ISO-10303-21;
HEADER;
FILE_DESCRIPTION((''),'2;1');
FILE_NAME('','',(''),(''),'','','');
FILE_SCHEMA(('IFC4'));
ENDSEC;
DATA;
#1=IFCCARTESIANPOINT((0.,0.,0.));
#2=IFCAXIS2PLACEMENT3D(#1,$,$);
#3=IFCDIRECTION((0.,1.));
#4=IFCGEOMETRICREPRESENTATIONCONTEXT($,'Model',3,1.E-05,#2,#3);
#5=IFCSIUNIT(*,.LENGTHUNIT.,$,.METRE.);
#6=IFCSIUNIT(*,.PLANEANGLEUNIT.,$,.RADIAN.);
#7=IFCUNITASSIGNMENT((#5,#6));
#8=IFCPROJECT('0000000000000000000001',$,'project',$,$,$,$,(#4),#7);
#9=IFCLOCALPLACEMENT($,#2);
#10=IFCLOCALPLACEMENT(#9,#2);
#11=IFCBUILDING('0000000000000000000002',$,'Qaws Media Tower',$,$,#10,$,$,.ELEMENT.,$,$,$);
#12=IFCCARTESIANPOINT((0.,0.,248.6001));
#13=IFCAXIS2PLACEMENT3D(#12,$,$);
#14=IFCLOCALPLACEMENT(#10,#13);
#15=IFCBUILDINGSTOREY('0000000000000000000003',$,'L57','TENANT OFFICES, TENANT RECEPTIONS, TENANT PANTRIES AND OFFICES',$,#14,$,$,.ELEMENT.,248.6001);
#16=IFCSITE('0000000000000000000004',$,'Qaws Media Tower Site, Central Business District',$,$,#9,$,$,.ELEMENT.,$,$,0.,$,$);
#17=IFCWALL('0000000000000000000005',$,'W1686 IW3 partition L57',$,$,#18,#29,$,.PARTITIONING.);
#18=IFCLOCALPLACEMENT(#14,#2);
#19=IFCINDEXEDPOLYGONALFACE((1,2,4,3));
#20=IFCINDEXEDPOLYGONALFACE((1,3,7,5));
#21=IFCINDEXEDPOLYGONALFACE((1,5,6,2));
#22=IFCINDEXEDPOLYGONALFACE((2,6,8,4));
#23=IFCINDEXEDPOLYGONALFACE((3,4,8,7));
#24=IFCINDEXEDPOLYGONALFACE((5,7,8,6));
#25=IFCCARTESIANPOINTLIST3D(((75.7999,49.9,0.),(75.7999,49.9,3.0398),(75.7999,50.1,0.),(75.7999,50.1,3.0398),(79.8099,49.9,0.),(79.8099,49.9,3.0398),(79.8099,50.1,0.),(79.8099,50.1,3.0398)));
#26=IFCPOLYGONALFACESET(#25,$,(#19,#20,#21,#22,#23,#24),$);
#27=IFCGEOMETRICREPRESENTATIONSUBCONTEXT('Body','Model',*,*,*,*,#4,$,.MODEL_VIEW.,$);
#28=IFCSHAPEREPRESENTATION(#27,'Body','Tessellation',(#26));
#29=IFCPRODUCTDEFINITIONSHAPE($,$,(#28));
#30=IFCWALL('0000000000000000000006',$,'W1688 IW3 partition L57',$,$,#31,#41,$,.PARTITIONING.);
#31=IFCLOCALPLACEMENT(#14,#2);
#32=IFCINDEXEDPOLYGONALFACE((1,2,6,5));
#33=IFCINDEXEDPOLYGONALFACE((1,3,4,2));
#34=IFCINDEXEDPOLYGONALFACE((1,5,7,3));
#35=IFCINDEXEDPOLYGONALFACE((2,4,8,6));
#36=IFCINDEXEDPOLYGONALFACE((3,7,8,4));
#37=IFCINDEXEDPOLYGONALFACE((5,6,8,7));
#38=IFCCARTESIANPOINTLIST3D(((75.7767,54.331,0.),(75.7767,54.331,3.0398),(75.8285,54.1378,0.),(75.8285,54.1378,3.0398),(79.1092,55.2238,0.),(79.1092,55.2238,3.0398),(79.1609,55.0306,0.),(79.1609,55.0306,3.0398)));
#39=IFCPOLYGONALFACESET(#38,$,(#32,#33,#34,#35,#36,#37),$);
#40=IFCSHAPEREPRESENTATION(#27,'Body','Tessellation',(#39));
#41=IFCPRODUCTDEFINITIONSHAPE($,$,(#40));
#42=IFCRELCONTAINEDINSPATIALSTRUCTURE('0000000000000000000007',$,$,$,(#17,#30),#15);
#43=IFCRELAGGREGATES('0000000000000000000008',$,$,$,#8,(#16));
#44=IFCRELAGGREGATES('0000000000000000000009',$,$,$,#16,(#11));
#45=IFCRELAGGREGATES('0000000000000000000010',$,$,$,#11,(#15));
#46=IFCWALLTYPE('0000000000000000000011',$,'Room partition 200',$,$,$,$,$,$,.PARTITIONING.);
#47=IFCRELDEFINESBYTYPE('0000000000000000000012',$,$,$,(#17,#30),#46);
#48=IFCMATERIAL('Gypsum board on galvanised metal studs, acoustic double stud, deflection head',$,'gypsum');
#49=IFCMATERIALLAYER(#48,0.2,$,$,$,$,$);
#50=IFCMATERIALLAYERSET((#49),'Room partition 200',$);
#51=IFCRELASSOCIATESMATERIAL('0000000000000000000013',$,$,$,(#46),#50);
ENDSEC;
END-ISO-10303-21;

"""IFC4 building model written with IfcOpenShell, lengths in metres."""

from ifc_helpers import new_model, si_unit, direction, frame, frame_2d, origin, place, context, subcontext, project, spatial, rectangle, extrude, material, layer, layer_set, type_object, element, save


model = new_model("IFC4")

# Units and contexts
model_context = context("Model", 3, precision=1e-05, world=origin(), true_north=direction((0.0, 1.0)))
body_context = subcontext(model_context, "Body", "Model", "MODEL_VIEW")
ifc_project = project(units=[si_unit("LENGTHUNIT", "METRE"), si_unit("PLANEANGLEUNIT", "RADIAN")], contexts=[model_context])

# Site, building, storey
site_placement = place(None, origin())
site = spatial("IfcSite", under=ifc_project, at=site_placement, Name="Qaws Media Tower Site, Central Business District", CompositionType="ELEMENT", RefElevation=0.0)
building_placement = place(site_placement, origin())
building = spatial("IfcBuilding", under=site, at=building_placement, Name="Qaws Media Tower", CompositionType="ELEMENT")
storey_placement = place(building_placement, frame((0.0, 0.0, 248.6001)))
storey = spatial("IfcBuildingStorey", under=building, at=storey_placement, Name="L57", Description="TENANT OFFICES, TENANT RECEPTIONS, TENANT PANTRIES AND OFFICES", CompositionType="ELEMENT", Elevation=248.6001)

# Shared definitions
ifc_material_1 = material(Name="Gypsum board on galvanised metal studs, acoustic double stud, deflection head", Category="gypsum")
ifc_layer_1 = layer(ifc_material_1, 0.2)
ifc_layer_set_1 = layer_set([ifc_layer_1], Name="Room partition 200")
wall_type = type_object("IfcWallType", Name="Room partition 200", PredefinedType="PARTITIONING", material=ifc_layer_set_1)

# Walls
wall_1_placement = place(storey_placement, frame((75.8, 50.0, 0.0), z_axis=(0.0, 0.0, 1.0), x_axis=(1.0, 0.0, 0.0)))
element("IfcWall", 1, at=wall_1_placement, inside=storey, type_object=wall_type, Name="W1686 IW3 partition L57", PredefinedType="PARTITIONING", context=body_context, shape_type="SweptSolid", body=[
    extrude(rectangle(XDim=4.01, YDim=0.2, at=frame_2d((2.0049, 0.0))), origin(), (0.0, 0.0, 1.0), 3.0398),
])
wall_2_placement = place(storey_placement, frame((75.8025, 54.2344, 0.0), z_axis=(0.0, 0.0, 1.0), x_axis=(0.965935, 0.258786, 0.0)))
element("IfcWall", 2, at=wall_2_placement, inside=storey, type_object=wall_type, Name="W1688 IW3 partition L57", PredefinedType="PARTITIONING", context=body_context, shape_type="SweptSolid", body=[
    extrude(rectangle(XDim=3.45, YDim=0.2, at=frame_2d((1.7251, 0.0))), origin(), (0.0, 0.0, 1.0), 3.0398),
])

save(model, "model.ifc")
